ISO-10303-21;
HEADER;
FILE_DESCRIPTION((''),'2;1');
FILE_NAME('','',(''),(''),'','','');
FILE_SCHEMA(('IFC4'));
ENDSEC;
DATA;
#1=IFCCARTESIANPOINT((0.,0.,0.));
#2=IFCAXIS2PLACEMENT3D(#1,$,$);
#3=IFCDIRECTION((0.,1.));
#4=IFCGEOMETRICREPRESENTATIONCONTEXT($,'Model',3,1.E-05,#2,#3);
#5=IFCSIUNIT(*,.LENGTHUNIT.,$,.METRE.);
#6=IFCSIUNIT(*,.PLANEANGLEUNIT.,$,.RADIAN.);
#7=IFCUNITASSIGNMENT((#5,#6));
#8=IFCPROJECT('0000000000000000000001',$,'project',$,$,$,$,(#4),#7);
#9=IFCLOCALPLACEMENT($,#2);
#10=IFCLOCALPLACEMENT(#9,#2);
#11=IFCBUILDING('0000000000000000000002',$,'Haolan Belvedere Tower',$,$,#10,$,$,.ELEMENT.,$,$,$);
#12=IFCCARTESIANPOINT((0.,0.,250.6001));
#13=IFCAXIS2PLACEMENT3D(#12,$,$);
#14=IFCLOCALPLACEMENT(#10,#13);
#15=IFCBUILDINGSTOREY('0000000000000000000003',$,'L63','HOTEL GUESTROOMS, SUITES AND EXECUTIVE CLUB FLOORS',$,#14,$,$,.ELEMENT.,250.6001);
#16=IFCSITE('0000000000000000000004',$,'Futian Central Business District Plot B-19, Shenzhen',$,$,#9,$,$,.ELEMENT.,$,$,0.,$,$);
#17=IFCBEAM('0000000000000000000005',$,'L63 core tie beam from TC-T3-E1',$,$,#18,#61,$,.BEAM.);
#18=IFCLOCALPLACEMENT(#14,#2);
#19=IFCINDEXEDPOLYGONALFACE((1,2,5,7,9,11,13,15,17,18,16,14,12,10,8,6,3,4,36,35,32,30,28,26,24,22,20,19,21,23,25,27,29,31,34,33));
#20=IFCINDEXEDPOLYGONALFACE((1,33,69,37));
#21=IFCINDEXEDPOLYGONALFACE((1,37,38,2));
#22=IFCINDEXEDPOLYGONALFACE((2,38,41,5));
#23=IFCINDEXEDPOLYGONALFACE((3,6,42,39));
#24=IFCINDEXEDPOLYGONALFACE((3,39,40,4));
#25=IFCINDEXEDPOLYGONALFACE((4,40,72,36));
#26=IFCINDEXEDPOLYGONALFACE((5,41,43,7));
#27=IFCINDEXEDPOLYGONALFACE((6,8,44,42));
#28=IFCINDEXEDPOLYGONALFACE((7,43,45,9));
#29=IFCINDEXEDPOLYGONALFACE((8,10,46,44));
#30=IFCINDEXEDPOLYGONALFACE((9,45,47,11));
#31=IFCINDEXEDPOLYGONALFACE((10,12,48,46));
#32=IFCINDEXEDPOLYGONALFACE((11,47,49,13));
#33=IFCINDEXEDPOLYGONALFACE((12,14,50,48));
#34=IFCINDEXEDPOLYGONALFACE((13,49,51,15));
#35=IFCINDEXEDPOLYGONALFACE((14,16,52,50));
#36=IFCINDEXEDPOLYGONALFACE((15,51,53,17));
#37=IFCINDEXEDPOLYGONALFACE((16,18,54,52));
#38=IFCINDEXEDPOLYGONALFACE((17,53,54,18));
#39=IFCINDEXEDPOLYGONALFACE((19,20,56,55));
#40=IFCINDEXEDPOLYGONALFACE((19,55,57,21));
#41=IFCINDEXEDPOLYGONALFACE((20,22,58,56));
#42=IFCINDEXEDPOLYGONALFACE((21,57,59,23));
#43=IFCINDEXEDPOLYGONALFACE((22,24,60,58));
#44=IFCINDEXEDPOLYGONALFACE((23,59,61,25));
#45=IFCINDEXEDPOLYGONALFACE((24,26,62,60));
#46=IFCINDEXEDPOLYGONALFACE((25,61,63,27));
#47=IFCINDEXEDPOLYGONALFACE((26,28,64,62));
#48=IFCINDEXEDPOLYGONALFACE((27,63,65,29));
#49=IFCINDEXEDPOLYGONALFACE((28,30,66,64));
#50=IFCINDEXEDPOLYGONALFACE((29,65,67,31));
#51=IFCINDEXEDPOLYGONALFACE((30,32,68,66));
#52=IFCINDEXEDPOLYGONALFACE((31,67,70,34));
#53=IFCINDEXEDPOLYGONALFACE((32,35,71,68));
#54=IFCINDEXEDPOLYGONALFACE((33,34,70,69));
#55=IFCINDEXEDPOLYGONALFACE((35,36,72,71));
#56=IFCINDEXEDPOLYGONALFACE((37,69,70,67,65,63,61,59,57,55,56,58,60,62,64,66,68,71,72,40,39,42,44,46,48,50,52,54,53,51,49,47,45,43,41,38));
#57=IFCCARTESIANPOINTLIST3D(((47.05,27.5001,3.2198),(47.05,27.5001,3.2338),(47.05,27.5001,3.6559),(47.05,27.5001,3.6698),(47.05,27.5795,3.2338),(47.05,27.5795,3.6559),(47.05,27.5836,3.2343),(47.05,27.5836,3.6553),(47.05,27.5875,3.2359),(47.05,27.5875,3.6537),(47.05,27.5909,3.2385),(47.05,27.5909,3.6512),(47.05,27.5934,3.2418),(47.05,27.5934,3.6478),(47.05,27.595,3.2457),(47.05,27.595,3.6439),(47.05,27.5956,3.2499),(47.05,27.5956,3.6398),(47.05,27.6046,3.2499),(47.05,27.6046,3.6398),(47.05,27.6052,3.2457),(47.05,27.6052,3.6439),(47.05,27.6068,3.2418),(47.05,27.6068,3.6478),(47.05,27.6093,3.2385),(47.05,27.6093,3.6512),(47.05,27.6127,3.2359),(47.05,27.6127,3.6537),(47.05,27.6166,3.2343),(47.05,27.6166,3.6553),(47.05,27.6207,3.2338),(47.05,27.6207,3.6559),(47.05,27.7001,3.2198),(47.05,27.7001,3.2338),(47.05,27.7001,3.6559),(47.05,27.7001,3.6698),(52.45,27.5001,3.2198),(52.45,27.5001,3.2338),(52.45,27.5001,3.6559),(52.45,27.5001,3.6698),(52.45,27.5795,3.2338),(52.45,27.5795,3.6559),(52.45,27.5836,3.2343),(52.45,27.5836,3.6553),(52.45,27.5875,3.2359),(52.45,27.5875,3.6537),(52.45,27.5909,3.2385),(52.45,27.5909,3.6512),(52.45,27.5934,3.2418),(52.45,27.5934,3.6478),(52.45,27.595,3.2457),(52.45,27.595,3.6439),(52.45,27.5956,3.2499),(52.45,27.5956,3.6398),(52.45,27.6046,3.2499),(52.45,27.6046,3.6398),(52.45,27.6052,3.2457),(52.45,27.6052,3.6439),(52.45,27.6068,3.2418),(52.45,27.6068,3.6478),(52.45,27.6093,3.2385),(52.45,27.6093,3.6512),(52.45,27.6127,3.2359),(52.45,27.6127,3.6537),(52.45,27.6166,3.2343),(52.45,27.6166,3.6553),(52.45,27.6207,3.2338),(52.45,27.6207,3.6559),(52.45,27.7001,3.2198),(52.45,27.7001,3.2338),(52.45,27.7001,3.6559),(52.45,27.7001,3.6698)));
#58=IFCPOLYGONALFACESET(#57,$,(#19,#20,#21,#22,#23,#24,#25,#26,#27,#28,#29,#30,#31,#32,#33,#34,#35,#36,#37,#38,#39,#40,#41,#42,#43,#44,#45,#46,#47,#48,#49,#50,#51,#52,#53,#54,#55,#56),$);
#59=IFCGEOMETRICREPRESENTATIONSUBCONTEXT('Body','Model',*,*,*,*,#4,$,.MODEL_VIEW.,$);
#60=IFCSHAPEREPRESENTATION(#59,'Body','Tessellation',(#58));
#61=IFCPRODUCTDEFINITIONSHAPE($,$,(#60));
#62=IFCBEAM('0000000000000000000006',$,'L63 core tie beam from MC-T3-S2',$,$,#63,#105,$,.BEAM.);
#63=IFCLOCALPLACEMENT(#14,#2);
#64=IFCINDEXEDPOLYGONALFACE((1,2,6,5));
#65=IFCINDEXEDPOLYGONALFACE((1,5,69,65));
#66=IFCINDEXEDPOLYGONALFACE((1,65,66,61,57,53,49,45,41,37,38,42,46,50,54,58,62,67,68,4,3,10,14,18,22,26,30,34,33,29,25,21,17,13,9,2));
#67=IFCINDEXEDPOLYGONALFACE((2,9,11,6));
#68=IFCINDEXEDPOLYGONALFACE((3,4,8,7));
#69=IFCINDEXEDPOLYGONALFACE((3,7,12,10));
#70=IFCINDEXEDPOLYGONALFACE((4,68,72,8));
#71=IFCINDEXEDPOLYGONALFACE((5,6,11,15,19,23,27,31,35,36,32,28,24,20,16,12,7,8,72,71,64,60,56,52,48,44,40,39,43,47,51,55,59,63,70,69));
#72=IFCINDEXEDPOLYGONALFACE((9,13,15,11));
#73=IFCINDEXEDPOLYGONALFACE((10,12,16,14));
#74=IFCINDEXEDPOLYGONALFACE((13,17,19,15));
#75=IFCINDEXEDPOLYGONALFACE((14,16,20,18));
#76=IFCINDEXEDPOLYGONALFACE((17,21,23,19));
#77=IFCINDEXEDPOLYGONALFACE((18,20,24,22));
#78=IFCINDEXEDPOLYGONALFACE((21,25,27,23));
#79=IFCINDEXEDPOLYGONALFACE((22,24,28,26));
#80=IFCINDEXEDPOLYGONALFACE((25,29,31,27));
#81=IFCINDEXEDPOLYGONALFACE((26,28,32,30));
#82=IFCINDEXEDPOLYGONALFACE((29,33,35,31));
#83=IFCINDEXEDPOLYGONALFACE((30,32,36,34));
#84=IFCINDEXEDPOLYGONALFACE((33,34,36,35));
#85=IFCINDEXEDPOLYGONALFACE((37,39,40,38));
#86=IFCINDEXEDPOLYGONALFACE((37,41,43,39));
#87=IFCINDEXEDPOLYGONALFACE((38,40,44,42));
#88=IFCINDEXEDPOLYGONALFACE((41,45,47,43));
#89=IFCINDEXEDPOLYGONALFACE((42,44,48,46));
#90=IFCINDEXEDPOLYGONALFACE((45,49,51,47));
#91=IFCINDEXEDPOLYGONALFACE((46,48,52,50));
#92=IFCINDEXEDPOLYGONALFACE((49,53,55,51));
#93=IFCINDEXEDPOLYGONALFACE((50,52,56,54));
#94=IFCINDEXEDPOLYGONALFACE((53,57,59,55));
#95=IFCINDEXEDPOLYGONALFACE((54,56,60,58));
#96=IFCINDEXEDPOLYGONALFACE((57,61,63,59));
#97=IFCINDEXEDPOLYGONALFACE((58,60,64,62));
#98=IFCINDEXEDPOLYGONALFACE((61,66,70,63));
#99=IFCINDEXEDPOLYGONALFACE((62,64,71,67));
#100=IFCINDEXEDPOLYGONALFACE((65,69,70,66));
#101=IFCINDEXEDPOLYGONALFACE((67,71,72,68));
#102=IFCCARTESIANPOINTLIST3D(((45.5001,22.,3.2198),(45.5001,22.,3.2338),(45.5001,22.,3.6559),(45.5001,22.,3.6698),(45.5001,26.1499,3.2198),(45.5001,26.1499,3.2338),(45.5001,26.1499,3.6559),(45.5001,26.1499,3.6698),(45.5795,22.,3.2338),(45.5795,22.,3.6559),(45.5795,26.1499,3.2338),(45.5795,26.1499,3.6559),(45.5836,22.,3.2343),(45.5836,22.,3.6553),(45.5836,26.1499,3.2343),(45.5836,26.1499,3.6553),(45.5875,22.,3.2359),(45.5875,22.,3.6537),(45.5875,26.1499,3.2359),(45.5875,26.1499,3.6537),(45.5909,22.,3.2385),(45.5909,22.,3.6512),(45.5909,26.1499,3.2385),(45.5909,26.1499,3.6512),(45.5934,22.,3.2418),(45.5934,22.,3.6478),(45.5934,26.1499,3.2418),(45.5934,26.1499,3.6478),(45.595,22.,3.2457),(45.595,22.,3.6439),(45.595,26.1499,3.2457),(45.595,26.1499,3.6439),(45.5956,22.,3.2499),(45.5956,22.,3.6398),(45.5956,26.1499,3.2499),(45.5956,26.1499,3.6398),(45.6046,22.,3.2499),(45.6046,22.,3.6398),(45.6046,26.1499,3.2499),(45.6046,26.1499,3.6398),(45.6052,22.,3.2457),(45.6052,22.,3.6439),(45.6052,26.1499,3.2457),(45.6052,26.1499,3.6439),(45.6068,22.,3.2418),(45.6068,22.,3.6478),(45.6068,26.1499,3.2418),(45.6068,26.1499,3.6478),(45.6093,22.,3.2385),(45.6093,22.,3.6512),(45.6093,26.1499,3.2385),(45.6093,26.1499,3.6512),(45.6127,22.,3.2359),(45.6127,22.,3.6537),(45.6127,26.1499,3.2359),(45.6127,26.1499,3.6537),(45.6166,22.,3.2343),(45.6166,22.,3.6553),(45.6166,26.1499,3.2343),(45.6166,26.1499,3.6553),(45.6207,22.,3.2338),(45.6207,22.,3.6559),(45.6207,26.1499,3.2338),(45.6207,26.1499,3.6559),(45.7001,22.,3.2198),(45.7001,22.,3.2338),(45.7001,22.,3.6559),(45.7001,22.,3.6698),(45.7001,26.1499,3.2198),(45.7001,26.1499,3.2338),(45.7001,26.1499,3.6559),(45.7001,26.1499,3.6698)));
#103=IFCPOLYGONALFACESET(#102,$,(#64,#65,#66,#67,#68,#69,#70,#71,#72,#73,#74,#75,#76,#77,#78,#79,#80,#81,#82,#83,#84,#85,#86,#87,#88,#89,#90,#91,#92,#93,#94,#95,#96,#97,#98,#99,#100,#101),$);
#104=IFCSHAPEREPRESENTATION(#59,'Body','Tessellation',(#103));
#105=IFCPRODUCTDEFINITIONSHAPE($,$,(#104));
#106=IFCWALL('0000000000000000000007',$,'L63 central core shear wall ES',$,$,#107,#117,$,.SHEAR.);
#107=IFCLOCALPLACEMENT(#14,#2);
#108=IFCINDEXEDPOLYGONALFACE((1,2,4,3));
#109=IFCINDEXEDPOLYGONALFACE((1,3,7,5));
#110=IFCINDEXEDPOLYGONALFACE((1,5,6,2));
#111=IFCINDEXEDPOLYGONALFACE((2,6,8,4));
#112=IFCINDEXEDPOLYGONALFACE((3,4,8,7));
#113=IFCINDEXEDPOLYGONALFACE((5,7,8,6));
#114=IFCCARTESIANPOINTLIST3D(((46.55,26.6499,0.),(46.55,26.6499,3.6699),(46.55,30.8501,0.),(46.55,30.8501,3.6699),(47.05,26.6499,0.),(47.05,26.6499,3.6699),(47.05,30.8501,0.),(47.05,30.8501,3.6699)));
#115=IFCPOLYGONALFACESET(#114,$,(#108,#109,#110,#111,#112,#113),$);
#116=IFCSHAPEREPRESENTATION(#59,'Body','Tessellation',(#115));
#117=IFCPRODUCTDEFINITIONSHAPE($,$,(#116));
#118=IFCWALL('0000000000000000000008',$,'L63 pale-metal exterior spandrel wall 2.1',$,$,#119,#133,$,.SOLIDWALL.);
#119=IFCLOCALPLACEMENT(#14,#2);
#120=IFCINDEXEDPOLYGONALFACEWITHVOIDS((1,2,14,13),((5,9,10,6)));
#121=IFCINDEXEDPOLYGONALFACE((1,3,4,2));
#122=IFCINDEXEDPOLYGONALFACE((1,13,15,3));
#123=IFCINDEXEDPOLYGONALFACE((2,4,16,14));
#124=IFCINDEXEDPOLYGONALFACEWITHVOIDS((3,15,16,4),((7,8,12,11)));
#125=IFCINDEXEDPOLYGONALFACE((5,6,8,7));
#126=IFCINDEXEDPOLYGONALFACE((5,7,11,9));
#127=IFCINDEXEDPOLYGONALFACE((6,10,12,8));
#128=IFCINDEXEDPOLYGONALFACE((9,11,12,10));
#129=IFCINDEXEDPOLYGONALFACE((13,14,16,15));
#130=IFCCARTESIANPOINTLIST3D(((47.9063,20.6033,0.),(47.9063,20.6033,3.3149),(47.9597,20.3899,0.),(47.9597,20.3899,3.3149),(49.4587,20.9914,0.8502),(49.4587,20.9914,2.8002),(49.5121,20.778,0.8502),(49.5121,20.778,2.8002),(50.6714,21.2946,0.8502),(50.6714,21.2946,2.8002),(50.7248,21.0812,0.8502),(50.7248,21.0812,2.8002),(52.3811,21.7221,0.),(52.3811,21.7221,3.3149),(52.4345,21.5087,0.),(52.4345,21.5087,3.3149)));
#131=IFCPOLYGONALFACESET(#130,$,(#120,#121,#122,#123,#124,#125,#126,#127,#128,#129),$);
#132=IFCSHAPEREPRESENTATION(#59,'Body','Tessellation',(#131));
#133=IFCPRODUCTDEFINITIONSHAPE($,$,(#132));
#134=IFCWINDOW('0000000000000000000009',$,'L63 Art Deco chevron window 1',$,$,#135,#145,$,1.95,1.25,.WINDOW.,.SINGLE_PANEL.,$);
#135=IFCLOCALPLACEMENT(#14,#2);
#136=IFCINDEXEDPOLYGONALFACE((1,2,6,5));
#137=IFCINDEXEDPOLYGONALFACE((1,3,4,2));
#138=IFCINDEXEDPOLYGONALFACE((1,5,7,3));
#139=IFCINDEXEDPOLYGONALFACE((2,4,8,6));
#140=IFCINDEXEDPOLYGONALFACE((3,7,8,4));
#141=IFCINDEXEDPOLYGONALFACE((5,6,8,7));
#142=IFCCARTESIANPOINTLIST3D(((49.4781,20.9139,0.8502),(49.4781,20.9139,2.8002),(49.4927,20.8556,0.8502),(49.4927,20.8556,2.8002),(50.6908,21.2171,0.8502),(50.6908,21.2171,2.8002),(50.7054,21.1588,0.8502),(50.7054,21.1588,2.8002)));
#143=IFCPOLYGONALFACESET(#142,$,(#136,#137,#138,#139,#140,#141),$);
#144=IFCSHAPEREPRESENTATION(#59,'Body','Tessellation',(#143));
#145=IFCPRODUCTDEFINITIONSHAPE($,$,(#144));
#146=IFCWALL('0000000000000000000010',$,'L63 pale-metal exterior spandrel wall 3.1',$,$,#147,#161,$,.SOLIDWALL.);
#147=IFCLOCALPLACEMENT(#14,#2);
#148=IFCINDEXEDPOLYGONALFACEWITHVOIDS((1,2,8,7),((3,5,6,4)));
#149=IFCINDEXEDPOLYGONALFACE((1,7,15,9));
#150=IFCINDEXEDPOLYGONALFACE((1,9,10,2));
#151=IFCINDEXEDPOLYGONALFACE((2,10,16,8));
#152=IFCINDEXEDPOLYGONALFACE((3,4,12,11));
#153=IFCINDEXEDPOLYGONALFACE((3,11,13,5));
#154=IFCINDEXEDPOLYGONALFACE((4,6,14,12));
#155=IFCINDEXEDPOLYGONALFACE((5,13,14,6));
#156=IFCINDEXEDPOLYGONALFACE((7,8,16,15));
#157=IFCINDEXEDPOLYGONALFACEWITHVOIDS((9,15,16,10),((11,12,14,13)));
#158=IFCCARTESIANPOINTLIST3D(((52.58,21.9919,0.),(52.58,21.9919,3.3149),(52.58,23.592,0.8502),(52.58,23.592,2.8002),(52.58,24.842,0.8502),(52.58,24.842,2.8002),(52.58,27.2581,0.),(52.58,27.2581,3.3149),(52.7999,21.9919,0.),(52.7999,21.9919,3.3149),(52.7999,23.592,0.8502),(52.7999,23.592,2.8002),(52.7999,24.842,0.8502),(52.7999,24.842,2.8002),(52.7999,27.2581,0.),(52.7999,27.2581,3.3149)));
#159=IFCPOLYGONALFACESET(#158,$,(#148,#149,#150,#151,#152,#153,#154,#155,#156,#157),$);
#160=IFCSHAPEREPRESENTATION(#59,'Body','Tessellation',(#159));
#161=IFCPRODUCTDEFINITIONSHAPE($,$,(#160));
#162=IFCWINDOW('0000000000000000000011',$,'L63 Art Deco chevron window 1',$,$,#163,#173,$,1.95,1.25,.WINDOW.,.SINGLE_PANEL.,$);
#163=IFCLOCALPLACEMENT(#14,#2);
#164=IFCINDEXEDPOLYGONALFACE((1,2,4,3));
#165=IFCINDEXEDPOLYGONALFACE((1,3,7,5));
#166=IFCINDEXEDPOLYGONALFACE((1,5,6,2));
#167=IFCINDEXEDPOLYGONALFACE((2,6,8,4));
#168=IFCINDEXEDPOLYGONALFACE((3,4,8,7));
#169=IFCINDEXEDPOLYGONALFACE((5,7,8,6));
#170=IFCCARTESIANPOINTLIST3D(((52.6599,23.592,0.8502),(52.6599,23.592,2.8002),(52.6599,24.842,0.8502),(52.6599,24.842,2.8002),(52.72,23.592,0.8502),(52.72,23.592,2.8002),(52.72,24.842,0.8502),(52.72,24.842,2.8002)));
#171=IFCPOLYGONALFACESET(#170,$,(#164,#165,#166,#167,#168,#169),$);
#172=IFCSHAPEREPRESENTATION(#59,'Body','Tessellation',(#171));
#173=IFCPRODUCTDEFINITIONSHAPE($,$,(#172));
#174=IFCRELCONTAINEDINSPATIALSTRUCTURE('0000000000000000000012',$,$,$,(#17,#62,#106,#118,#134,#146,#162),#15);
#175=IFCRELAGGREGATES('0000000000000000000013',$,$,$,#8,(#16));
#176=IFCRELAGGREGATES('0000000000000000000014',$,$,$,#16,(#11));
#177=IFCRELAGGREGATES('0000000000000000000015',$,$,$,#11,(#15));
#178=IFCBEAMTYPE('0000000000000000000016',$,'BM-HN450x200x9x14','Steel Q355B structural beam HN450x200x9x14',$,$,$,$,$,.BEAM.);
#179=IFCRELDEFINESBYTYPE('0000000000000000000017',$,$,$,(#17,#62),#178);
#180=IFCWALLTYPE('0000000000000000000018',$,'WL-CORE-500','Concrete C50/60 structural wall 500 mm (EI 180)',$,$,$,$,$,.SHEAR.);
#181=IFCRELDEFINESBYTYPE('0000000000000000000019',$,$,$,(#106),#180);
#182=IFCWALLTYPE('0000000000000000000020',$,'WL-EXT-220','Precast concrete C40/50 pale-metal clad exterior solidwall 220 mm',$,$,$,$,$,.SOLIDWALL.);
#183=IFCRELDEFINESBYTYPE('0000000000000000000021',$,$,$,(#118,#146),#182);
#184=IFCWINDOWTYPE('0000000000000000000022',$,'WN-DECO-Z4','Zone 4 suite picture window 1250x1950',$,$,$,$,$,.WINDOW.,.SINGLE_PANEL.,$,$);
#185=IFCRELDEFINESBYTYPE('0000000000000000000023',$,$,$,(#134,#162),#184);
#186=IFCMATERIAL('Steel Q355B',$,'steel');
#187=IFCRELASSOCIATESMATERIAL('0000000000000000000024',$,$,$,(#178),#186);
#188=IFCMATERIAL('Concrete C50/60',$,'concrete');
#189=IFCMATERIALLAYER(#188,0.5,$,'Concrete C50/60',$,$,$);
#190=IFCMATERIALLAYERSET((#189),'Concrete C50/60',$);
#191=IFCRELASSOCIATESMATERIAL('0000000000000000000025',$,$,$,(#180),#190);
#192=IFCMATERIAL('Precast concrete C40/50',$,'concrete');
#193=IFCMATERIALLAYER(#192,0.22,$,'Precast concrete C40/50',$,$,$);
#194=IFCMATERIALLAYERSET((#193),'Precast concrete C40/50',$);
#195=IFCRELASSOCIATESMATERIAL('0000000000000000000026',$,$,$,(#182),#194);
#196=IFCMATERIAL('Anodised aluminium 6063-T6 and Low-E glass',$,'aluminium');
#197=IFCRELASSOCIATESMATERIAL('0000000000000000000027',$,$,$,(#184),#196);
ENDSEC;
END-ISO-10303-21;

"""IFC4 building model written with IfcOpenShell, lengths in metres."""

from ifc_helpers import new_model, si_unit, direction, frame, frame_2d, origin, origin_2d, place, context, subcontext, project, spatial, rectangle, i_section, extrude, material, layer, layer_set, material_profile, profile_set, type_object, element, fill, save


model = new_model("IFC4")

# Units and contexts
model_context = context("Model", 3, precision=1e-05, world=origin(), true_north=direction((0.0, 1.0)))
body_context = subcontext(model_context, "Body", "Model", "MODEL_VIEW")
ifc_project = project(units=[si_unit("LENGTHUNIT", "METRE"), si_unit("PLANEANGLEUNIT", "RADIAN")], contexts=[model_context])

# Site, building, storey
site_placement = place(None, origin())
site = spatial("IfcSite", under=ifc_project, at=site_placement, Name="Futian Central Business District Plot B-19, Shenzhen", CompositionType="ELEMENT", RefElevation=0.0)
building_placement = place(site_placement, origin())
building = spatial("IfcBuilding", under=site, at=building_placement, Name="Haolan Belvedere Tower", CompositionType="ELEMENT")
storey_placement = place(building_placement, frame((0.0, 0.0, 250.6001)))
storey = spatial("IfcBuildingStorey", under=building, at=storey_placement, Name="L63", Description="HOTEL GUESTROOMS, SUITES AND EXECUTIVE CLUB FLOORS", CompositionType="ELEMENT", Elevation=250.6001)

# Beams
ifc_material_1 = material(Name="Steel Q355B", Category="steel")
ifc_material_profile_1 = material_profile(ifc_material_1, i_section(OverallWidth=0.2, OverallDepth=0.45, WebThickness=0.009, FlangeThickness=0.0139, FilletRadius=0.0161, at=origin_2d()), Name="Steel Q355B")
ifc_profile_set_1 = profile_set([ifc_material_profile_1], Name="Steel Q355B")
beam_type_1 = type_object("IfcBeamType", Name="BM-HN450x200x9x14", Description="Steel Q355B structural beam HN450x200x9x14", PredefinedType="BEAM", material=ifc_profile_set_1)
beam_1_placement = place(storey_placement, frame((52.45, 27.6001, 3.4448), z_axis=(-1.0, 0.0, 0.0), x_axis=(0.0, -1.0, 0.0)))
element("IfcBeam", 1, at=beam_1_placement, inside=storey, type_object=beam_type_1, Name="L63 core tie beam from TC-T3-E1", PredefinedType="BEAM", context=body_context, shape_type="SweptSolid", body=[
    extrude(i_section(OverallWidth=0.2, OverallDepth=0.45, WebThickness=0.009, FlangeThickness=0.0139, FilletRadius=0.0161, at=origin_2d()), origin(), (0.0, 0.0, 1.0), 5.3999),
])
beam_2_placement = place(storey_placement, frame((45.6001, 22.0, 3.4448), z_axis=(0.0, 1.0, 0.0), x_axis=(-1.0, 0.0, 0.0)))
element("IfcBeam", 2, at=beam_2_placement, inside=storey, type_object=beam_type_1, Name="L63 core tie beam from MC-T3-S2", PredefinedType="BEAM", context=body_context, shape_type="SweptSolid", body=[
    extrude(i_section(OverallWidth=0.2, OverallDepth=0.45, WebThickness=0.009, FlangeThickness=0.0139, FilletRadius=0.0161, at=origin_2d()), origin(), (0.0, 0.0, 1.0), 4.1499),
])

# Wall
ifc_material_2 = material(Name="Concrete C50/60", Category="concrete")
ifc_layer_1 = layer(ifc_material_2, 0.5, Name="Concrete C50/60")
ifc_layer_set_1 = layer_set([ifc_layer_1], Name="Concrete C50/60")
wall_type_1 = type_object("IfcWallType", Name="WL-CORE-500", Description="Concrete C50/60 structural wall 500 mm (EI 180)", PredefinedType="SHEAR", material=ifc_layer_set_1)
wall_1_placement = place(storey_placement, frame((46.8, 26.6499, 0.0), z_axis=(0.0, 0.0, 1.0), x_axis=(0.0, 1.0, 0.0)))
element("IfcWall", 3, at=wall_1_placement, inside=storey, type_object=wall_type_1, Name="L63 central core shear wall ES", PredefinedType="SHEAR", context=body_context, shape_type="SweptSolid", body=[
    extrude(rectangle(XDim=4.2002, YDim=0.5, at=frame_2d((2.1001, 0.0))), origin(), (0.0, 0.0, 1.0), 3.6699),
])

# Walls, openings, windows
ifc_material_3 = material(Name="Precast concrete C40/50", Category="concrete")
ifc_layer_2 = layer(ifc_material_3, 0.22, Name="Precast concrete C40/50")
ifc_layer_set_2 = layer_set([ifc_layer_2], Name="Precast concrete C40/50")
wall_type_2 = type_object("IfcWallType", Name="WL-EXT-220", Description="Precast concrete C40/50 pale-metal clad exterior solidwall 220 mm", PredefinedType="SOLIDWALL", material=ifc_layer_set_2)
wall_2_placement = place(storey_placement, frame((47.9331, 20.4966, 0.0), z_axis=(0.0, 0.0, 1.0), x_axis=(0.970133, 0.242573, 0.0)))
wall_2 = element("IfcWall", 4, at=wall_2_placement, inside=storey, type_object=wall_type_2, Name="L63 pale-metal exterior spandrel wall 2.1", PredefinedType="SOLIDWALL", context=body_context, shape_type="SweptSolid", body=[
    extrude(rectangle(XDim=4.6125, YDim=0.22, at=frame_2d((2.3062, 0.0))), origin(), (0.0, 0.0, 1.0), 3.3149),
])
opening_1_placement = place(wall_2_placement, frame((1.6001, 0.0, 0.8501)))
opening_1 = element("IfcOpeningElement", 5, at=opening_1_placement, cuts=wall_2, PredefinedType="OPENING", context=body_context, shape_type="SweptSolid", body=[
    extrude(rectangle(XDim=1.25, YDim=1.95, at=frame_2d((0.625, 0.9751))), frame((0.0, 0.1199, 0.0), z_axis=(0.0, -1.0, 0.0), x_axis=(1.0, 0.0, 0.0)), (0.0, 0.0, 1.0), 0.24),
])
ifc_material_4 = material(Name="Anodised aluminium 6063-T6 and Low-E glass", Category="aluminium")
window_type = type_object("IfcWindowType", Name="WN-DECO-Z4", Description="Zone 4 suite picture window 1250x1950", PartitioningType="SINGLE_PANEL", PredefinedType="WINDOW", material=ifc_material_4)
window_1_placement = place(opening_1_placement, origin())
window_1 = element("IfcWindow", 6, at=window_1_placement, inside=storey, type_object=window_type, Name="L63 Art Deco chevron window 1", OverallHeight=1.95, OverallWidth=1.25, PartitioningType="SINGLE_PANEL", PredefinedType="WINDOW", context=body_context, shape_type="SweptSolid", body=[
    extrude(rectangle(XDim=1.25, YDim=1.95, at=frame_2d((0.625, 0.9751))), frame((0.0, 0.03, 0.0), z_axis=(0.0, -1.0, 0.0), x_axis=(1.0, 0.0, 0.0)), (0.0, 0.0, 1.0), 0.0601),
])
fill(opening_1, window_1)
wall_3_placement = place(storey_placement, frame((52.6899, 21.9919, 0.0), z_axis=(0.0, 0.0, 1.0), x_axis=(0.0, 1.0, 0.0)))
wall_3 = element("IfcWall", 7, at=wall_3_placement, inside=storey, type_object=wall_type_2, Name="L63 pale-metal exterior spandrel wall 3.1", PredefinedType="SOLIDWALL", context=body_context, shape_type="SweptSolid", body=[
    extrude(rectangle(XDim=5.2661, YDim=0.22, at=frame_2d((2.6331, 0.0))), origin(), (0.0, 0.0, 1.0), 3.3149),
])
opening_2_placement = place(wall_3_placement, frame((1.6001, 0.0, 0.8501)))
opening_2 = element("IfcOpeningElement", 8, at=opening_2_placement, cuts=wall_3, PredefinedType="OPENING", context=body_context, shape_type="SweptSolid", body=[
    extrude(rectangle(XDim=1.25, YDim=1.95, at=frame_2d((0.625, 0.9751))), frame((0.0, 0.1199, 0.0), z_axis=(0.0, -1.0, 0.0), x_axis=(1.0, 0.0, 0.0)), (0.0, 0.0, 1.0), 0.24),
])
window_2_placement = place(opening_2_placement, origin())
window_2 = element("IfcWindow", 9, at=window_2_placement, inside=storey, type_object=window_type, Name="L63 Art Deco chevron window 1", OverallHeight=1.95, OverallWidth=1.25, PartitioningType="SINGLE_PANEL", PredefinedType="WINDOW", context=body_context, shape_type="SweptSolid", body=[
    extrude(rectangle(XDim=1.25, YDim=1.95, at=frame_2d((0.625, 0.9751))), frame((0.0, 0.03, 0.0), z_axis=(0.0, -1.0, 0.0), x_axis=(1.0, 0.0, 0.0)), (0.0, 0.0, 1.0), 0.0601),
])
fill(opening_2, window_2)

save(model, "model.ifc")
